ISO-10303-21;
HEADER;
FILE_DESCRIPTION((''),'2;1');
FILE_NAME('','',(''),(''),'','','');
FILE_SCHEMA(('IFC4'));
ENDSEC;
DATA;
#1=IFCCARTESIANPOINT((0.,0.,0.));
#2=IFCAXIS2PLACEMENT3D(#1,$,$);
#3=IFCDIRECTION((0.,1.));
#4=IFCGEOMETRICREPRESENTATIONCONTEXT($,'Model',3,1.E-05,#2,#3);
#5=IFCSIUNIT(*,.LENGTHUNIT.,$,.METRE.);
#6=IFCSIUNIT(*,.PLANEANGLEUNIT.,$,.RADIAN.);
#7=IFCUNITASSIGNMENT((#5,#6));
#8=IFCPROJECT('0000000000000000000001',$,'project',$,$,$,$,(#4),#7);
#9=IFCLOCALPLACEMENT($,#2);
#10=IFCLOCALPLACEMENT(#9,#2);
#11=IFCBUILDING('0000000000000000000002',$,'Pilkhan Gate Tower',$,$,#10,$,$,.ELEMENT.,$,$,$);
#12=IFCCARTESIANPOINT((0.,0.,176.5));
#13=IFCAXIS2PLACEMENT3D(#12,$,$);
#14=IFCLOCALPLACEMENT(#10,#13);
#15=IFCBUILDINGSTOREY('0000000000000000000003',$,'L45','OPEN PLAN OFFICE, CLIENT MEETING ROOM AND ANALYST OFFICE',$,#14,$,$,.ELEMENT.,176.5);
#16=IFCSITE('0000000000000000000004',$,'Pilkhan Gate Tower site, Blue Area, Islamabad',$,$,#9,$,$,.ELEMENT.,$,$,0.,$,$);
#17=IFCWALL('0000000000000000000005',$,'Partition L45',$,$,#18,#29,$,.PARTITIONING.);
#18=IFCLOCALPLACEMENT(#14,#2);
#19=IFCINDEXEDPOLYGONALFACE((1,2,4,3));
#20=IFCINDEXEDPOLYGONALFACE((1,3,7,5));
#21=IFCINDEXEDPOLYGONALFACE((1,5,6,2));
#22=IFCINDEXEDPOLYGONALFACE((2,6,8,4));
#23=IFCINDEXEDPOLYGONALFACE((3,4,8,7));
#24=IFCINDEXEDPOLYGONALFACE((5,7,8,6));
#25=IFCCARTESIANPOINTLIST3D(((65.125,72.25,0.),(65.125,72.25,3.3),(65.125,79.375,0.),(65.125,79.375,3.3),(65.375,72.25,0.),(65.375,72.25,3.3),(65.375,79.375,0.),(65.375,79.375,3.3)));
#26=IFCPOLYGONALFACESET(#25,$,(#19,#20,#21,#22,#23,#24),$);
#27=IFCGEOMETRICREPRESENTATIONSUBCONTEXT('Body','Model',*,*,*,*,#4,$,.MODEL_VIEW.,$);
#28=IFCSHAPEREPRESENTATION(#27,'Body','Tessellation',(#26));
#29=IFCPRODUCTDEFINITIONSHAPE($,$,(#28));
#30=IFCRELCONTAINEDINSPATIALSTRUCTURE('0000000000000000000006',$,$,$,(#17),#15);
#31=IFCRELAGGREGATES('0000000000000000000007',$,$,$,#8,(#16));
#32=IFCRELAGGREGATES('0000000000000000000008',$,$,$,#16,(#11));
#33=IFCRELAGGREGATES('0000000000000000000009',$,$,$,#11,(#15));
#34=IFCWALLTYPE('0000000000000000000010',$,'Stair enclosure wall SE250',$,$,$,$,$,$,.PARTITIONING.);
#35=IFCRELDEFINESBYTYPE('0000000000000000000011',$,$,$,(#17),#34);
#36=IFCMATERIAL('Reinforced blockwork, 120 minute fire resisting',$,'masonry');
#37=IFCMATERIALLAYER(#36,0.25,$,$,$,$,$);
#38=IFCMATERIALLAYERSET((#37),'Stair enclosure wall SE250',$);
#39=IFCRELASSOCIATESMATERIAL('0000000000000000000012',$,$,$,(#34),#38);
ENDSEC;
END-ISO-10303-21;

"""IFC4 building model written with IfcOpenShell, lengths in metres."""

from ifc_helpers import new_model, si_unit, direction, frame, frame_2d, origin, place, context, subcontext, project, spatial, rectangle, extrude, material, layer, layer_set, type_object, element, save


model = new_model("IFC4")

# Units and contexts
model_context = context("Model", 3, precision=1e-05, world=origin(), true_north=direction((0.0, 1.0)))
body_context = subcontext(model_context, "Body", "Model", "MODEL_VIEW")
ifc_project = project(units=[si_unit("LENGTHUNIT", "METRE"), si_unit("PLANEANGLEUNIT", "RADIAN")], contexts=[model_context])

# Site, building, storey
site_placement = place(None, origin())
site = spatial("IfcSite", under=ifc_project, at=site_placement, Name="Pilkhan Gate Tower site, Blue Area, Islamabad", CompositionType="ELEMENT", RefElevation=0.0)
building_placement = place(site_placement, origin())
building = spatial("IfcBuilding", under=site, at=building_placement, Name="Pilkhan Gate Tower", CompositionType="ELEMENT")
storey_placement = place(building_placement, frame((0.0, 0.0, 176.5)))
storey = spatial("IfcBuildingStorey", under=building, at=storey_placement, Name="L45", Description="OPEN PLAN OFFICE, CLIENT MEETING ROOM AND ANALYST OFFICE", CompositionType="ELEMENT", Elevation=176.5)

# Wall
ifc_material_1 = material(Name="Reinforced blockwork, 120 minute fire resisting", Category="masonry")
ifc_layer_1 = layer(ifc_material_1, 0.25)
ifc_layer_set_1 = layer_set([ifc_layer_1], Name="Stair enclosure wall SE250")
wall_type_1 = type_object("IfcWallType", Name="Stair enclosure wall SE250", PredefinedType="PARTITIONING", material=ifc_layer_set_1)
wall_1_placement = place(storey_placement, frame((65.25, 72.25, 0.0), z_axis=(0.0, 0.0, 1.0), x_axis=(0.0, 1.0, 0.0)))
element("IfcWall", 1, at=wall_1_placement, inside=storey, type_object=wall_type_1, Name="Partition L45", PredefinedType="PARTITIONING", context=body_context, shape_type="SweptSolid", body=[
    extrude(rectangle(XDim=7.125, YDim=0.25, at=frame_2d((3.5625, 0.0))), origin(), (0.0, 0.0, 1.0), 3.3),
])

save(model, "model.ifc")
